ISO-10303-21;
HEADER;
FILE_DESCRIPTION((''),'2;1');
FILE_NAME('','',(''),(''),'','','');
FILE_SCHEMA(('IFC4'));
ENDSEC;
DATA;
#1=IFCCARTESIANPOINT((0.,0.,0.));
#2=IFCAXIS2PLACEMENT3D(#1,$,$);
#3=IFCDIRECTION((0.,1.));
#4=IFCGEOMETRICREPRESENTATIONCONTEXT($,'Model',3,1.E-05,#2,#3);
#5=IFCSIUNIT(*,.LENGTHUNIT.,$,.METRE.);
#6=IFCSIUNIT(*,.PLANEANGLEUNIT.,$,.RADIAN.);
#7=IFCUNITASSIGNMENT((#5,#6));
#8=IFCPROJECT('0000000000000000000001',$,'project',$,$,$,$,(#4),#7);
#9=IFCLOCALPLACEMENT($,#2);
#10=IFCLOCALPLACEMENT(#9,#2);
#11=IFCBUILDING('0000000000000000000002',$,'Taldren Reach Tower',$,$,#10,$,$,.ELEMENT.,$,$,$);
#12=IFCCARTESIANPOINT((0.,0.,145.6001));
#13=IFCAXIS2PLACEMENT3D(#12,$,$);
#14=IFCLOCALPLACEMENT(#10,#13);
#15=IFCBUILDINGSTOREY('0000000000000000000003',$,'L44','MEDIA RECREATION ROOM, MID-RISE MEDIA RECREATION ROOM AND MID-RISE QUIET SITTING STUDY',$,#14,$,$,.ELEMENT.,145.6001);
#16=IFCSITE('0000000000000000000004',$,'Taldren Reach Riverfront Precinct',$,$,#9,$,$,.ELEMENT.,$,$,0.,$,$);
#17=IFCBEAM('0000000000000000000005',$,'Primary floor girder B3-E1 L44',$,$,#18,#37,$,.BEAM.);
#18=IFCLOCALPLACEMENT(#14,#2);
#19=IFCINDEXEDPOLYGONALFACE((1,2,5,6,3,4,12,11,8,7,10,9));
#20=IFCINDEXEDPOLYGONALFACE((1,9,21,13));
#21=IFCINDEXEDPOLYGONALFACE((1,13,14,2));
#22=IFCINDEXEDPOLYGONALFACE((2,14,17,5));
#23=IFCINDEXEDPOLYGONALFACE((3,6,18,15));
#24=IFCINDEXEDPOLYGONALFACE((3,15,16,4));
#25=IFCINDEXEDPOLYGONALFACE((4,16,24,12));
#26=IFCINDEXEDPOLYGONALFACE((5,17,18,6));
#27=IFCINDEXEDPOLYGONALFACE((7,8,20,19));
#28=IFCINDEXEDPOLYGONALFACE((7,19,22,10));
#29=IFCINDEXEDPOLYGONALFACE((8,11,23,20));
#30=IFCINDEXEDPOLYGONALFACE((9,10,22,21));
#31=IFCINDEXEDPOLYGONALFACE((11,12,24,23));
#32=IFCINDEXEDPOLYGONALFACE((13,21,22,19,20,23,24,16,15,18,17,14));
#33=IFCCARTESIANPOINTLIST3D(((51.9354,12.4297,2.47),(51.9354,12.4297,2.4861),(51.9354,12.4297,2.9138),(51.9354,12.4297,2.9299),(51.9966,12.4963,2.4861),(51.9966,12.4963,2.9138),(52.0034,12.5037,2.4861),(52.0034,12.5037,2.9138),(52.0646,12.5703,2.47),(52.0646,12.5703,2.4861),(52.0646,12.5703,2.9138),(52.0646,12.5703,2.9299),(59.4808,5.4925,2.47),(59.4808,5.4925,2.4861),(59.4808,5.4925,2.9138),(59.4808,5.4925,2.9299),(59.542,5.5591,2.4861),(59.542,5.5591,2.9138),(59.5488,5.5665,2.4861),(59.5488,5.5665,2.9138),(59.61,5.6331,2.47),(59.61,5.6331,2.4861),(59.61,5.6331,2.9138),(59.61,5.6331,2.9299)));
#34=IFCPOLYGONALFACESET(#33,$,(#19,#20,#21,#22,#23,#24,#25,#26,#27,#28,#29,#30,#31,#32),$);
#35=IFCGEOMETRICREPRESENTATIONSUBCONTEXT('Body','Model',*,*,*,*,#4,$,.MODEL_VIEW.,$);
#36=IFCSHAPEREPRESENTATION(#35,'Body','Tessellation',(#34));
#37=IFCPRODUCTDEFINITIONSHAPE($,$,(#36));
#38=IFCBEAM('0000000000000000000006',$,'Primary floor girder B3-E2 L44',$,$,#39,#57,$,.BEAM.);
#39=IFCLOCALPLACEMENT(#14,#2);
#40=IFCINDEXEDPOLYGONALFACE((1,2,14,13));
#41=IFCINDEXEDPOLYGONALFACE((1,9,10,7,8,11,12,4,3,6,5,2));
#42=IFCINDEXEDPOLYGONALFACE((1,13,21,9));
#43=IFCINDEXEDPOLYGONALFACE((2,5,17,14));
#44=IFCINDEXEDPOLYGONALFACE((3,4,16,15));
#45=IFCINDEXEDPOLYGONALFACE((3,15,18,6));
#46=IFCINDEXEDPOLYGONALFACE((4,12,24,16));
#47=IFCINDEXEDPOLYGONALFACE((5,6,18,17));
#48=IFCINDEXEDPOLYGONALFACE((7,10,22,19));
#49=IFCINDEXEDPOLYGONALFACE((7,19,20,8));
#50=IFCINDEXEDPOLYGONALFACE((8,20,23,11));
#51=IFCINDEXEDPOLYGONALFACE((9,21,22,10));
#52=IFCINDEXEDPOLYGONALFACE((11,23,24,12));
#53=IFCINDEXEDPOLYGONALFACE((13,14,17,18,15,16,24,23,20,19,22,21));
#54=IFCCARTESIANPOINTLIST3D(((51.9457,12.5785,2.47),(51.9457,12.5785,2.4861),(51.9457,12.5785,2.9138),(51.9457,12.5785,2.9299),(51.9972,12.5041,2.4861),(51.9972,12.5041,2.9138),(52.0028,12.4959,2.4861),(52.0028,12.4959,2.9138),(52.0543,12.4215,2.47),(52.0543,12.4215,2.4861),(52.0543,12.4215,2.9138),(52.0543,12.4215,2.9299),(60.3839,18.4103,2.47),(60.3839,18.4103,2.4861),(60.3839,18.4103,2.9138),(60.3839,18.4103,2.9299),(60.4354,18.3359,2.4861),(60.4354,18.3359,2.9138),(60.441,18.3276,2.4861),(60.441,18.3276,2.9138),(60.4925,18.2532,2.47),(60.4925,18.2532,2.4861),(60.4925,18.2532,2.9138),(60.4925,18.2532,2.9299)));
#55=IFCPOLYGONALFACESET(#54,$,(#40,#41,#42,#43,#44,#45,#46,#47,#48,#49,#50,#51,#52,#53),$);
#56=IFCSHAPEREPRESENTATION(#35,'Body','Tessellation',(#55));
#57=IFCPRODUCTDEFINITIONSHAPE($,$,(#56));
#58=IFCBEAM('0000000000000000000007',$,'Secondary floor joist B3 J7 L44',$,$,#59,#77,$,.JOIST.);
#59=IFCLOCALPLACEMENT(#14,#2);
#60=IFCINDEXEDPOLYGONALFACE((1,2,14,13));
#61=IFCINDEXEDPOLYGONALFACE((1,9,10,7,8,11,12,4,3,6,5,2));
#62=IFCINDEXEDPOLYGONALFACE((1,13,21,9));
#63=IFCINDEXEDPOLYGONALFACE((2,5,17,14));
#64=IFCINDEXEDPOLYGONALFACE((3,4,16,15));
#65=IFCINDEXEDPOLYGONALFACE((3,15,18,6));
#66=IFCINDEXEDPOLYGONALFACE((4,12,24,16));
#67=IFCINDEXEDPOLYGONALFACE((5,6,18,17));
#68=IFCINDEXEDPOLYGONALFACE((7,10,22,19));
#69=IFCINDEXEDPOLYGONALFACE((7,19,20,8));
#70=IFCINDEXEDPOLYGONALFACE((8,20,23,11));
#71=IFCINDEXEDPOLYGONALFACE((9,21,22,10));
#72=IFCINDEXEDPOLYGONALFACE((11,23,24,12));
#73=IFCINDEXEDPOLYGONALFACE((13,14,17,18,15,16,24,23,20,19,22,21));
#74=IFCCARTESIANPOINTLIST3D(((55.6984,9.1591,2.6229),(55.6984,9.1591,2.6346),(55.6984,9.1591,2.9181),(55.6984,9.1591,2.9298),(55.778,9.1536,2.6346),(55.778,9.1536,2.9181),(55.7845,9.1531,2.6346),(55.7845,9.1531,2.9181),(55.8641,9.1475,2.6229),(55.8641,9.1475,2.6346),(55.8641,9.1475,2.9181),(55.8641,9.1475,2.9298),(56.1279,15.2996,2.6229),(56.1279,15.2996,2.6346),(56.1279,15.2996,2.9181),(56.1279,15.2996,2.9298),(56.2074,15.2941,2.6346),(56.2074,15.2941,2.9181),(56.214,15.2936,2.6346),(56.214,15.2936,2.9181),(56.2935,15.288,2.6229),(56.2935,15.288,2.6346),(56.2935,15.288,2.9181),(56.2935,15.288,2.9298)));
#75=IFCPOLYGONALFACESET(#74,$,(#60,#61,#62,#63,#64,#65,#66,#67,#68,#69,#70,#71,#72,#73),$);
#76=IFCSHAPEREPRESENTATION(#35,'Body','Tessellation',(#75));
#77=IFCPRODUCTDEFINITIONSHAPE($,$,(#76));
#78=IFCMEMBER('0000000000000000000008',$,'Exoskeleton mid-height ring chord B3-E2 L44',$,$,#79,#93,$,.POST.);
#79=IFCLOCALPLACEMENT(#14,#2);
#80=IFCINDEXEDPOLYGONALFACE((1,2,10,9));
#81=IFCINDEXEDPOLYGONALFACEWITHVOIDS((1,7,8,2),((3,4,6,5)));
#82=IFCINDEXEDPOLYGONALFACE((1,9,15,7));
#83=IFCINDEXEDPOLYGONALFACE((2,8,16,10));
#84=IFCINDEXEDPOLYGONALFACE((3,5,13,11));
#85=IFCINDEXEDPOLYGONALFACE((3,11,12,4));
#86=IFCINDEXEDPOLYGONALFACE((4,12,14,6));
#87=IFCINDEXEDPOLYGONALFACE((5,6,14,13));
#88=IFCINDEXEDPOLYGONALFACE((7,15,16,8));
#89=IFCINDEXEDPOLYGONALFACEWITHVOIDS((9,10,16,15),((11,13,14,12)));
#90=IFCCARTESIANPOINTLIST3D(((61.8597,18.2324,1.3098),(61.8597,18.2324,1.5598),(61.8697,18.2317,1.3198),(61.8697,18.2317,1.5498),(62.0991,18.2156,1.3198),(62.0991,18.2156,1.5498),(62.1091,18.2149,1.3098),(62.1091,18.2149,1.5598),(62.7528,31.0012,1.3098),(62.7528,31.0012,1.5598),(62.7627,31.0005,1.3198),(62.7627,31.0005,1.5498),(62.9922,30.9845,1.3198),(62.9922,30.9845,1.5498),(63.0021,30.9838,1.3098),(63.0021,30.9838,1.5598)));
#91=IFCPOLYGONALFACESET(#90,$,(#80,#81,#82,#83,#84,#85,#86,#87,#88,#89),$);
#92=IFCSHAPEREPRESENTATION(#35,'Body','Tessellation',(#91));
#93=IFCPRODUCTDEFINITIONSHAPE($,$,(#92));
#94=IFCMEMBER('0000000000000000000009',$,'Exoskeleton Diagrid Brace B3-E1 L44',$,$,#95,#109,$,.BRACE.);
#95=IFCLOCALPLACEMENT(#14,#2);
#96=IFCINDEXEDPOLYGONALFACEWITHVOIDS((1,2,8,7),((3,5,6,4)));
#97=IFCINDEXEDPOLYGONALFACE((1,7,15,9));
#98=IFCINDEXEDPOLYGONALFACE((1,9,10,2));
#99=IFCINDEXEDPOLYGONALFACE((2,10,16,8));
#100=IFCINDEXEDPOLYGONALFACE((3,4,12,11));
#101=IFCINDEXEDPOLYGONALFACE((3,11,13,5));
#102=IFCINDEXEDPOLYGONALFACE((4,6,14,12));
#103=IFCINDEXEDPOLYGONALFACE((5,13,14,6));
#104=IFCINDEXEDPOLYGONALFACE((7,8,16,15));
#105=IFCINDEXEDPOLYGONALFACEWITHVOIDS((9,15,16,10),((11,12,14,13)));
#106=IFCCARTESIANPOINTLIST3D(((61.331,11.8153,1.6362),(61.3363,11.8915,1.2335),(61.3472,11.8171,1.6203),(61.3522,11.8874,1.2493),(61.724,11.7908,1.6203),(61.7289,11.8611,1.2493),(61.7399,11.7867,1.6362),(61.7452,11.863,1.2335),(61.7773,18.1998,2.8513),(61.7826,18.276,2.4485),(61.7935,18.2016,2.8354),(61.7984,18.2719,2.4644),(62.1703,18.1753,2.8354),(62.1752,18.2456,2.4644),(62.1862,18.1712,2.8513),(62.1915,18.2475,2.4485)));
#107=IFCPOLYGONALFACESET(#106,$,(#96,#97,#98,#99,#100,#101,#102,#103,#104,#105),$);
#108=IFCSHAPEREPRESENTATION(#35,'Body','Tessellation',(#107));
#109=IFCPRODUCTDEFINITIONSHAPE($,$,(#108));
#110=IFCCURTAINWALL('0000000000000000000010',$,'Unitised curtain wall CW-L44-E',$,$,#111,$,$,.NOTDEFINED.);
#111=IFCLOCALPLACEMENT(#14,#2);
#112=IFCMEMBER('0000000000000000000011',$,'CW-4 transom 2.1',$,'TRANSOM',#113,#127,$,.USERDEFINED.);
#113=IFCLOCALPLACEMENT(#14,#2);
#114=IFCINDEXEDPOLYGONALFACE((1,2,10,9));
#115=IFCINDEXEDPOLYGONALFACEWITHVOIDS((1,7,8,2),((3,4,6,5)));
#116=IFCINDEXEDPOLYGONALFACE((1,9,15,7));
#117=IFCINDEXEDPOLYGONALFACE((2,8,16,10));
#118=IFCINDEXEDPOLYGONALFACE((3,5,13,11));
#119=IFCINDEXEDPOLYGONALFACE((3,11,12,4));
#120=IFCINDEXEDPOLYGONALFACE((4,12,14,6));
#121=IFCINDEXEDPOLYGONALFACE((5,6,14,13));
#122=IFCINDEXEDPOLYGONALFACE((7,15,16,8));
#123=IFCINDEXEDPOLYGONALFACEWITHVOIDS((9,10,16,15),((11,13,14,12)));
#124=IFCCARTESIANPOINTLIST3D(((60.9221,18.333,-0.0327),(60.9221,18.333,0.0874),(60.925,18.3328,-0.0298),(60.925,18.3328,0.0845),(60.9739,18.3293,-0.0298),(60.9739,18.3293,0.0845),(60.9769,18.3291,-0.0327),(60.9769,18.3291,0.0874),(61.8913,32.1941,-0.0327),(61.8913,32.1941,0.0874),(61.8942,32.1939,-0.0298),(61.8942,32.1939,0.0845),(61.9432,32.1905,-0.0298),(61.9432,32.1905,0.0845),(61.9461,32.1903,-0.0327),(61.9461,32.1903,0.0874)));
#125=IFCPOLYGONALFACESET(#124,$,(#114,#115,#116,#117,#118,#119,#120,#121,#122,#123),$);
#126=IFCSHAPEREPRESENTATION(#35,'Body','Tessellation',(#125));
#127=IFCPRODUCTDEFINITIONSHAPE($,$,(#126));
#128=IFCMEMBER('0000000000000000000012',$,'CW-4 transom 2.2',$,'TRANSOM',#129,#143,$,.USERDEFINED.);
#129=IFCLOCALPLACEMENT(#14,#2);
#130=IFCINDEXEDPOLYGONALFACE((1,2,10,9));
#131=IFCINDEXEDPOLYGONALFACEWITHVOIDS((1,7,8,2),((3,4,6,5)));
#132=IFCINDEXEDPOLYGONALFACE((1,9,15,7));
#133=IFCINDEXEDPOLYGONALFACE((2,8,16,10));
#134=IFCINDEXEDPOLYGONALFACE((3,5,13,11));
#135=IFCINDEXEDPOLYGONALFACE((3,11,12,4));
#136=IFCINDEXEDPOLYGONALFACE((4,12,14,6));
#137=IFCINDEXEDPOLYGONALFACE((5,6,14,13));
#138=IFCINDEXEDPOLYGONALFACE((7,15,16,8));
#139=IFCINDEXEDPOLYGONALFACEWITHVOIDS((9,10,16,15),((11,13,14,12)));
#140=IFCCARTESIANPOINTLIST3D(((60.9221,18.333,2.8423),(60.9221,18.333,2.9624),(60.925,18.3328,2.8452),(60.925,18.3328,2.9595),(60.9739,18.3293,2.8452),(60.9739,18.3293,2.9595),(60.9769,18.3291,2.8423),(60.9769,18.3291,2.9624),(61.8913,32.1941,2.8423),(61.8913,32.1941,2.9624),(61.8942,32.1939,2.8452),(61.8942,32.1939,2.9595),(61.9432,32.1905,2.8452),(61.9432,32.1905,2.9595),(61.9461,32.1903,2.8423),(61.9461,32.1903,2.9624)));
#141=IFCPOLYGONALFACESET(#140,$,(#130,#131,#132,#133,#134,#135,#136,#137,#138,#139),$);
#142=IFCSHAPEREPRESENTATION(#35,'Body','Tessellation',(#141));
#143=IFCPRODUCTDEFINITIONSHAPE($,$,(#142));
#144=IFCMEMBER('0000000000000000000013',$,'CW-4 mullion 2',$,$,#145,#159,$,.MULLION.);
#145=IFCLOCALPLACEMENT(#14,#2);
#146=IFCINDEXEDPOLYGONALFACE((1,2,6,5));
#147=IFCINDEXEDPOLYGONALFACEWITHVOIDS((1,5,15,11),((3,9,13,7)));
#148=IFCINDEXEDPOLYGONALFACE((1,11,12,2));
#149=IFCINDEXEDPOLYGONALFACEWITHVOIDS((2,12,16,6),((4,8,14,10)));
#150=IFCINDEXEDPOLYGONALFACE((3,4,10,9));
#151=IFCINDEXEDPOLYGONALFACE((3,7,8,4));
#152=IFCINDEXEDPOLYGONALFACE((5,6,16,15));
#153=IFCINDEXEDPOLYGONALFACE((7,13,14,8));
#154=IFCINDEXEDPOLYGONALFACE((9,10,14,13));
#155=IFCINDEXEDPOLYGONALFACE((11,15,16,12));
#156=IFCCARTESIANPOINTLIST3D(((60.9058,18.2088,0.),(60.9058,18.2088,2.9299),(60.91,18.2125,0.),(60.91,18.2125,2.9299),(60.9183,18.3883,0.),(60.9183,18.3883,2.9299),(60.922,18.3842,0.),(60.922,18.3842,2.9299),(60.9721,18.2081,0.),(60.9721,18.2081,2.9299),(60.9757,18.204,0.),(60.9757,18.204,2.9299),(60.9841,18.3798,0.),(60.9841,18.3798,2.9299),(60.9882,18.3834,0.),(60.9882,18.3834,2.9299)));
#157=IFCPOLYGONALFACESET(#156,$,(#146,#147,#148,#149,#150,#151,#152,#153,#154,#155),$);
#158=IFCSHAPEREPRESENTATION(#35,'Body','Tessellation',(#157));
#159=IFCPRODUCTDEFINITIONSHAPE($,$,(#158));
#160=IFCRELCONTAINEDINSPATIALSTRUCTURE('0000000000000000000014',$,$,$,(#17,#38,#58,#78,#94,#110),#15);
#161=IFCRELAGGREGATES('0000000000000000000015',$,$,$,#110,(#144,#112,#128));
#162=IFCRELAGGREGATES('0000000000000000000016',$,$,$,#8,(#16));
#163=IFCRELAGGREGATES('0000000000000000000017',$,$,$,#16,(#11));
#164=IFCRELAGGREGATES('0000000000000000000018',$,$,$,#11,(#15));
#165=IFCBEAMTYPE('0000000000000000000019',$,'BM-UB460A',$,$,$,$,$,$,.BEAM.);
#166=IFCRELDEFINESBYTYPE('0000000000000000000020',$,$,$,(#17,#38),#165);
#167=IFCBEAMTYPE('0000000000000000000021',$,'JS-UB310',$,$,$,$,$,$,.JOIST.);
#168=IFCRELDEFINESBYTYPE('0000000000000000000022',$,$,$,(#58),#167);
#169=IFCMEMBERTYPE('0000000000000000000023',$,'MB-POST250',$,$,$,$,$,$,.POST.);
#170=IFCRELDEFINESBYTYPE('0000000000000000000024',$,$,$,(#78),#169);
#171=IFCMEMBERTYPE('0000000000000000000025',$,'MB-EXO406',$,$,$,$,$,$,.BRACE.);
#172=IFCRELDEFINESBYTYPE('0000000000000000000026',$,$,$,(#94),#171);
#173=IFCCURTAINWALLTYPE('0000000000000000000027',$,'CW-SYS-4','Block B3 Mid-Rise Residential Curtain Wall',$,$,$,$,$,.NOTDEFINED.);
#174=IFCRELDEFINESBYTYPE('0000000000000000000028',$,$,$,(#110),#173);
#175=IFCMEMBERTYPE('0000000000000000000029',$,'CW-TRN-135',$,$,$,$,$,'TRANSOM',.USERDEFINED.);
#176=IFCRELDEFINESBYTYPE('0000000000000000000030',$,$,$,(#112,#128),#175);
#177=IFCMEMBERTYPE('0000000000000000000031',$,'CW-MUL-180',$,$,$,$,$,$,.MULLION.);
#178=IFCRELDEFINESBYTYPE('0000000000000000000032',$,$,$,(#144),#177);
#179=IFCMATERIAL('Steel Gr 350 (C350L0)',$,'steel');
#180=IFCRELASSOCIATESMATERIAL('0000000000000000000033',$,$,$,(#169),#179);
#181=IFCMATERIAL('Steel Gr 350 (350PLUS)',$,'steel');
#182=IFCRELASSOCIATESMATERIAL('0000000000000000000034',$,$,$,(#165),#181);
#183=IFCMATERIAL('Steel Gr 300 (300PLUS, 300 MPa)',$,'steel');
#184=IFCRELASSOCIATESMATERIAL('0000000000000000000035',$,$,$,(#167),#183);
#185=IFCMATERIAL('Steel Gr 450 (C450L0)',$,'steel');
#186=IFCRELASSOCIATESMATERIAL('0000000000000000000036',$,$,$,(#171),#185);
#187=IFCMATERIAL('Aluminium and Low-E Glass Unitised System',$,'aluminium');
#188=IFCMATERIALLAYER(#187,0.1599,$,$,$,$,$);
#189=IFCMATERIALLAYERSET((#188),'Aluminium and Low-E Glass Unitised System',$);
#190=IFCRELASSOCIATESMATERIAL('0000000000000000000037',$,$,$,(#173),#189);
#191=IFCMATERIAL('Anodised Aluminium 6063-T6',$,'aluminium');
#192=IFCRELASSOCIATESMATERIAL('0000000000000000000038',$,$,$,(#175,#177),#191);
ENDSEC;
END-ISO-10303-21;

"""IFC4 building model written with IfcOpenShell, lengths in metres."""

from ifc_helpers import new_model, si_unit, direction, frame, origin, origin_2d, place, context, subcontext, project, spatial, hollow_rectangle, i_section, extrude, source, transform, mapped, material, layer, layer_set, material_profile, profile_set, type_object, element, aggregate, save


model = new_model("IFC4")

# Units and contexts
model_context = context("Model", 3, precision=1e-05, world=origin(), true_north=direction((0.0, 1.0)))
body_context = subcontext(model_context, "Body", "Model", "MODEL_VIEW")
ifc_project = project(units=[si_unit("LENGTHUNIT", "METRE"), si_unit("PLANEANGLEUNIT", "RADIAN")], contexts=[model_context])

# Site, building, storey
site_placement = place(None, origin())
site = spatial("IfcSite", under=ifc_project, at=site_placement, Name="Taldren Reach Riverfront Precinct", CompositionType="ELEMENT", RefElevation=0.0)
building_placement = place(site_placement, origin())
building = spatial("IfcBuilding", under=site, at=building_placement, Name="Taldren Reach Tower", CompositionType="ELEMENT")
storey_placement = place(building_placement, frame((0.0, 0.0, 145.6001)))
storey = spatial("IfcBuildingStorey", under=building, at=storey_placement, Name="L44", Description="MEDIA RECREATION ROOM, MID-RISE MEDIA RECREATION ROOM AND MID-RISE QUIET SITTING STUDY", CompositionType="ELEMENT", Elevation=145.6001)

# Shared definitions
ifc_material_1 = material(Name="Steel Gr 350 (350PLUS)", Category="steel")

# Shared definitions
ifc_material_2 = material(Name="Steel Gr 450 (C450L0)", Category="steel")
ifc_material_3 = material(Name="Steel Gr 350 (C350L0)", Category="steel")
ifc_material_profile_1 = material_profile(ifc_material_3, hollow_rectangle(XDim=0.25, YDim=0.25, WallThickness=0.01, at=origin_2d()), Name="250x250x10.0SHS")
ifc_profile_set_1 = profile_set([ifc_material_profile_1], Name="Steel Gr 350 (C350L0)")
member_type_1 = type_object("IfcMemberType", Name="MB-POST250", PredefinedType="POST", material=ifc_profile_set_1)

# Beams
ifc_material_profile_2 = material_profile(ifc_material_1, i_section(OverallWidth=0.1909, OverallDepth=0.46, WebThickness=0.01, FlangeThickness=0.0161, at=origin_2d()), Name="460UB82.1")
ifc_profile_set_2 = profile_set([ifc_material_profile_2], Name="Steel Gr 350 (350PLUS)")
beam_type_1 = type_object("IfcBeamType", Name="BM-UB460A", PredefinedType="BEAM", material=ifc_profile_set_2)
shared_shape_1 = source(origin(), body_context, "Body", "SweptSolid", [
    extrude(i_section(OverallWidth=0.1909, OverallDepth=0.46, WebThickness=0.01, FlangeThickness=0.0161, at=origin_2d()), origin(), (0.0, 0.0, 1.0), 10.2498),
])
beam_1_placement = place(storey_placement, frame((52.0, 12.5, 2.7), z_axis=(0.736151, -0.676818, 0.0), x_axis=(0.676818, 0.736151, 0.0)))
element("IfcBeam", 1, at=beam_1_placement, inside=storey, type_object=beam_type_1, Name="Primary floor girder B3-E1 L44", PredefinedType="BEAM", context=body_context, shape_type="MappedRepresentation", body=[
    mapped(shared_shape_1, transform((0.0, 0.0, 0.0), scale=1.0)),
])
shared_shape_2 = source(origin(), body_context, "Body", "SweptSolid", [
    extrude(i_section(OverallWidth=0.1909, OverallDepth=0.46, WebThickness=0.01, FlangeThickness=0.0161, at=origin_2d()), origin(), (0.0, 0.0, 1.0), 10.2573),
])
beam_2_placement = place(storey_placement, frame((52.0, 12.5, 2.7), z_axis=(0.822651, 0.568546, 0.0), x_axis=(-0.568546, 0.822651, 0.0)))
element("IfcBeam", 2, at=beam_2_placement, inside=storey, type_object=beam_type_1, Name="Primary floor girder B3-E2 L44", PredefinedType="BEAM", context=body_context, shape_type="MappedRepresentation", body=[
    mapped(shared_shape_2, transform((0.0, 0.0, 0.0), scale=1.0)),
])
ifc_material_4 = material(Name="Steel Gr 300 (300PLUS, 300 MPa)", Category="steel")
ifc_material_profile_3 = material_profile(ifc_material_4, i_section(OverallWidth=0.166, OverallDepth=0.3069, WebThickness=0.0066, FlangeThickness=0.0117, at=origin_2d()), Name="310UB46.2")
ifc_profile_set_3 = profile_set([ifc_material_profile_3], Name="Steel Gr 300 (300PLUS, 300 MPa)")
beam_type_2 = type_object("IfcBeamType", Name="JS-UB310", PredefinedType="JOIST", material=ifc_profile_set_3)
shared_shape_3 = source(origin(), body_context, "Body", "SweptSolid", [
    extrude(i_section(OverallWidth=0.166, OverallDepth=0.3069, WebThickness=0.0066, FlangeThickness=0.0117, at=origin_2d()), origin(), (0.0, 0.0, 1.0), 6.1555),
])
beam_3_placement = place(storey_placement, frame((55.7812, 9.1533, 2.7764), z_axis=(0.069764, 0.997563, 0.0), x_axis=(-0.997563, 0.069764, 0.0)))
element("IfcBeam", 3, at=beam_3_placement, inside=storey, type_object=beam_type_2, Name="Secondary floor joist B3 J7 L44", PredefinedType="JOIST", context=body_context, shape_type="MappedRepresentation", body=[
    mapped(shared_shape_3, transform((0.0, 0.0, 0.0), scale=1.0)),
])

# Members
shared_shape_4 = source(origin(), body_context, "Body", "SweptSolid", [
    extrude(hollow_rectangle(XDim=0.25, YDim=0.25, WallThickness=0.01, at=origin_2d()), origin(), (0.0, 0.0, 1.0), 12.8),
])
member_1_placement = place(storey_placement, frame((61.9844, 18.2236, 1.4348), z_axis=(0.069771, 0.997563, 0.0), x_axis=(-0.997563, 0.069771, 0.0)))
element("IfcMember", 4, at=member_1_placement, inside=storey, type_object=member_type_1, Name="Exoskeleton mid-height ring chord B3-E2 L44", PredefinedType="POST", context=body_context, shape_type="MappedRepresentation", body=[
    mapped(shared_shape_4, transform((0.0, 0.0, 0.0), scale=1.0)),
])
ifc_material_profile_4 = material_profile(ifc_material_2, hollow_rectangle(XDim=0.4099, YDim=0.4099, WallThickness=0.0161, at=origin_2d()), Name="410x410x16.0SHS")
ifc_profile_set_4 = profile_set([ifc_material_profile_4], Name="Steel Gr 450 (C450L0)")
member_type_2 = type_object("IfcMemberType", Name="MB-EXO406", PredefinedType="BRACE", material=ifc_profile_set_4)
shared_shape_5 = source(origin(), body_context, "Body", "SweptSolid", [
    extrude(hollow_rectangle(XDim=0.4099, YDim=0.4099, WallThickness=0.0161, at=origin_2d()), origin(), (0.0, 0.0, 1.0), 6.5144),
])
member_2_placement = place(storey_placement, frame((61.5381, 11.8391, 1.4348), z_axis=(0.068508, 0.980059, 0.186523), x_axis=(-0.997566, 0.069732, 0.0)))
element("IfcMember", 5, at=member_2_placement, inside=storey, type_object=member_type_2, Name="Exoskeleton Diagrid Brace B3-E1 L44", PredefinedType="BRACE", context=body_context, shape_type="MappedRepresentation", body=[
    mapped(shared_shape_5, transform((0.0, 0.0, 0.0), scale=1.0)),
])

# Curtain wall, members
ifc_material_5 = material(Name="Aluminium and Low-E Glass Unitised System", Category="aluminium")
ifc_layer_1 = layer(ifc_material_5, 0.1599)
ifc_layer_set_1 = layer_set([ifc_layer_1], Name="Aluminium and Low-E Glass Unitised System")
curtain_wall_type = type_object("IfcCurtainWallType", Name="CW-SYS-4", Description="Block B3 Mid-Rise Residential Curtain Wall", PredefinedType="NOTDEFINED", material=ifc_layer_set_1)
curtain_wall_placement = place(storey_placement, origin())
curtain_wall = element("IfcCurtainWall", 6, at=curtain_wall_placement, inside=storey, type_object=curtain_wall_type, Name="Unitised curtain wall CW-L44-E", PredefinedType="NOTDEFINED")
ifc_material_6 = material(Name="Anodised Aluminium 6063-T6", Category="aluminium")
ifc_material_profile_5 = material_profile(ifc_material_6, hollow_rectangle(XDim=0.0549, YDim=0.1201, WallThickness=0.0029, at=origin_2d()), Name="ALU-120x55x3RHS")
ifc_profile_set_5 = profile_set([ifc_material_profile_5], Name="Anodised Aluminium 6063-T6")
member_type_3 = type_object("IfcMemberType", Name="CW-TRN-135", ElementType="TRANSOM", PredefinedType="USERDEFINED", material=ifc_profile_set_5)
shared_shape_6 = source(origin(), body_context, "Body", "SweptSolid", [
    extrude(hollow_rectangle(XDim=0.0549, YDim=0.1201, WallThickness=0.0029, at=origin_2d()), origin(), (0.0, 0.0, 1.0), 13.895),
])
member_3_placement = place(storey_placement, frame((60.9495, 18.3311, 0.0273), z_axis=(0.069755, 0.997564, 0.0), x_axis=(-0.997564, 0.069755, 0.0)))
member_3 = element("IfcMember", 7, at=member_3_placement, type_object=member_type_3, Name="CW-4 transom 2.1", ObjectType="TRANSOM", PredefinedType="USERDEFINED", context=body_context, shape_type="MappedRepresentation", body=[
    mapped(shared_shape_6, transform((0.0, 0.0, 0.0), scale=1.0)),
])
member_4_placement = place(storey_placement, frame((60.9495, 18.3311, 2.9023), z_axis=(0.069755, 0.997564, 0.0), x_axis=(-0.997564, 0.069755, 0.0)))
member_4 = element("IfcMember", 8, at=member_4_placement, type_object=member_type_3, Name="CW-4 transom 2.2", ObjectType="TRANSOM", PredefinedType="USERDEFINED", context=body_context, shape_type="MappedRepresentation", body=[
    mapped(shared_shape_6, transform((0.0, 0.0, 0.0), scale=1.0)),
])
ifc_material_profile_6 = material_profile(ifc_material_6, hollow_rectangle(XDim=0.0701, YDim=0.1799, WallThickness=0.0039, at=origin_2d()), Name="ALU-180x70x4RHS")
ifc_profile_set_6 = profile_set([ifc_material_profile_6], Name="Anodised Aluminium 6063-T6")
member_type_4 = type_object("IfcMemberType", Name="CW-MUL-180", PredefinedType="MULLION", material=ifc_profile_set_6)
shared_shape_7 = source(origin(), body_context, "Body", "SweptSolid", [
    extrude(hollow_rectangle(XDim=0.0701, YDim=0.1799, WallThickness=0.0039, at=origin_2d()), origin(), (0.0, 0.0, 1.0), 2.9299),
])
member_5_placement = place(storey_placement, frame((60.947, 18.2961, 0.0), z_axis=(0.0, 0.0, 1.0), x_axis=(-0.997564, 0.069756, 0.0)))
member_5 = element("IfcMember", 9, at=member_5_placement, type_object=member_type_4, Name="CW-4 mullion 2", PredefinedType="MULLION", context=body_context, shape_type="MappedRepresentation", body=[
    mapped(shared_shape_7, transform((0.0, 0.0, 0.0), scale=1.0)),
])

aggregate(curtain_wall, [member_5, member_3, member_4])

save(model, "model.ifc")
